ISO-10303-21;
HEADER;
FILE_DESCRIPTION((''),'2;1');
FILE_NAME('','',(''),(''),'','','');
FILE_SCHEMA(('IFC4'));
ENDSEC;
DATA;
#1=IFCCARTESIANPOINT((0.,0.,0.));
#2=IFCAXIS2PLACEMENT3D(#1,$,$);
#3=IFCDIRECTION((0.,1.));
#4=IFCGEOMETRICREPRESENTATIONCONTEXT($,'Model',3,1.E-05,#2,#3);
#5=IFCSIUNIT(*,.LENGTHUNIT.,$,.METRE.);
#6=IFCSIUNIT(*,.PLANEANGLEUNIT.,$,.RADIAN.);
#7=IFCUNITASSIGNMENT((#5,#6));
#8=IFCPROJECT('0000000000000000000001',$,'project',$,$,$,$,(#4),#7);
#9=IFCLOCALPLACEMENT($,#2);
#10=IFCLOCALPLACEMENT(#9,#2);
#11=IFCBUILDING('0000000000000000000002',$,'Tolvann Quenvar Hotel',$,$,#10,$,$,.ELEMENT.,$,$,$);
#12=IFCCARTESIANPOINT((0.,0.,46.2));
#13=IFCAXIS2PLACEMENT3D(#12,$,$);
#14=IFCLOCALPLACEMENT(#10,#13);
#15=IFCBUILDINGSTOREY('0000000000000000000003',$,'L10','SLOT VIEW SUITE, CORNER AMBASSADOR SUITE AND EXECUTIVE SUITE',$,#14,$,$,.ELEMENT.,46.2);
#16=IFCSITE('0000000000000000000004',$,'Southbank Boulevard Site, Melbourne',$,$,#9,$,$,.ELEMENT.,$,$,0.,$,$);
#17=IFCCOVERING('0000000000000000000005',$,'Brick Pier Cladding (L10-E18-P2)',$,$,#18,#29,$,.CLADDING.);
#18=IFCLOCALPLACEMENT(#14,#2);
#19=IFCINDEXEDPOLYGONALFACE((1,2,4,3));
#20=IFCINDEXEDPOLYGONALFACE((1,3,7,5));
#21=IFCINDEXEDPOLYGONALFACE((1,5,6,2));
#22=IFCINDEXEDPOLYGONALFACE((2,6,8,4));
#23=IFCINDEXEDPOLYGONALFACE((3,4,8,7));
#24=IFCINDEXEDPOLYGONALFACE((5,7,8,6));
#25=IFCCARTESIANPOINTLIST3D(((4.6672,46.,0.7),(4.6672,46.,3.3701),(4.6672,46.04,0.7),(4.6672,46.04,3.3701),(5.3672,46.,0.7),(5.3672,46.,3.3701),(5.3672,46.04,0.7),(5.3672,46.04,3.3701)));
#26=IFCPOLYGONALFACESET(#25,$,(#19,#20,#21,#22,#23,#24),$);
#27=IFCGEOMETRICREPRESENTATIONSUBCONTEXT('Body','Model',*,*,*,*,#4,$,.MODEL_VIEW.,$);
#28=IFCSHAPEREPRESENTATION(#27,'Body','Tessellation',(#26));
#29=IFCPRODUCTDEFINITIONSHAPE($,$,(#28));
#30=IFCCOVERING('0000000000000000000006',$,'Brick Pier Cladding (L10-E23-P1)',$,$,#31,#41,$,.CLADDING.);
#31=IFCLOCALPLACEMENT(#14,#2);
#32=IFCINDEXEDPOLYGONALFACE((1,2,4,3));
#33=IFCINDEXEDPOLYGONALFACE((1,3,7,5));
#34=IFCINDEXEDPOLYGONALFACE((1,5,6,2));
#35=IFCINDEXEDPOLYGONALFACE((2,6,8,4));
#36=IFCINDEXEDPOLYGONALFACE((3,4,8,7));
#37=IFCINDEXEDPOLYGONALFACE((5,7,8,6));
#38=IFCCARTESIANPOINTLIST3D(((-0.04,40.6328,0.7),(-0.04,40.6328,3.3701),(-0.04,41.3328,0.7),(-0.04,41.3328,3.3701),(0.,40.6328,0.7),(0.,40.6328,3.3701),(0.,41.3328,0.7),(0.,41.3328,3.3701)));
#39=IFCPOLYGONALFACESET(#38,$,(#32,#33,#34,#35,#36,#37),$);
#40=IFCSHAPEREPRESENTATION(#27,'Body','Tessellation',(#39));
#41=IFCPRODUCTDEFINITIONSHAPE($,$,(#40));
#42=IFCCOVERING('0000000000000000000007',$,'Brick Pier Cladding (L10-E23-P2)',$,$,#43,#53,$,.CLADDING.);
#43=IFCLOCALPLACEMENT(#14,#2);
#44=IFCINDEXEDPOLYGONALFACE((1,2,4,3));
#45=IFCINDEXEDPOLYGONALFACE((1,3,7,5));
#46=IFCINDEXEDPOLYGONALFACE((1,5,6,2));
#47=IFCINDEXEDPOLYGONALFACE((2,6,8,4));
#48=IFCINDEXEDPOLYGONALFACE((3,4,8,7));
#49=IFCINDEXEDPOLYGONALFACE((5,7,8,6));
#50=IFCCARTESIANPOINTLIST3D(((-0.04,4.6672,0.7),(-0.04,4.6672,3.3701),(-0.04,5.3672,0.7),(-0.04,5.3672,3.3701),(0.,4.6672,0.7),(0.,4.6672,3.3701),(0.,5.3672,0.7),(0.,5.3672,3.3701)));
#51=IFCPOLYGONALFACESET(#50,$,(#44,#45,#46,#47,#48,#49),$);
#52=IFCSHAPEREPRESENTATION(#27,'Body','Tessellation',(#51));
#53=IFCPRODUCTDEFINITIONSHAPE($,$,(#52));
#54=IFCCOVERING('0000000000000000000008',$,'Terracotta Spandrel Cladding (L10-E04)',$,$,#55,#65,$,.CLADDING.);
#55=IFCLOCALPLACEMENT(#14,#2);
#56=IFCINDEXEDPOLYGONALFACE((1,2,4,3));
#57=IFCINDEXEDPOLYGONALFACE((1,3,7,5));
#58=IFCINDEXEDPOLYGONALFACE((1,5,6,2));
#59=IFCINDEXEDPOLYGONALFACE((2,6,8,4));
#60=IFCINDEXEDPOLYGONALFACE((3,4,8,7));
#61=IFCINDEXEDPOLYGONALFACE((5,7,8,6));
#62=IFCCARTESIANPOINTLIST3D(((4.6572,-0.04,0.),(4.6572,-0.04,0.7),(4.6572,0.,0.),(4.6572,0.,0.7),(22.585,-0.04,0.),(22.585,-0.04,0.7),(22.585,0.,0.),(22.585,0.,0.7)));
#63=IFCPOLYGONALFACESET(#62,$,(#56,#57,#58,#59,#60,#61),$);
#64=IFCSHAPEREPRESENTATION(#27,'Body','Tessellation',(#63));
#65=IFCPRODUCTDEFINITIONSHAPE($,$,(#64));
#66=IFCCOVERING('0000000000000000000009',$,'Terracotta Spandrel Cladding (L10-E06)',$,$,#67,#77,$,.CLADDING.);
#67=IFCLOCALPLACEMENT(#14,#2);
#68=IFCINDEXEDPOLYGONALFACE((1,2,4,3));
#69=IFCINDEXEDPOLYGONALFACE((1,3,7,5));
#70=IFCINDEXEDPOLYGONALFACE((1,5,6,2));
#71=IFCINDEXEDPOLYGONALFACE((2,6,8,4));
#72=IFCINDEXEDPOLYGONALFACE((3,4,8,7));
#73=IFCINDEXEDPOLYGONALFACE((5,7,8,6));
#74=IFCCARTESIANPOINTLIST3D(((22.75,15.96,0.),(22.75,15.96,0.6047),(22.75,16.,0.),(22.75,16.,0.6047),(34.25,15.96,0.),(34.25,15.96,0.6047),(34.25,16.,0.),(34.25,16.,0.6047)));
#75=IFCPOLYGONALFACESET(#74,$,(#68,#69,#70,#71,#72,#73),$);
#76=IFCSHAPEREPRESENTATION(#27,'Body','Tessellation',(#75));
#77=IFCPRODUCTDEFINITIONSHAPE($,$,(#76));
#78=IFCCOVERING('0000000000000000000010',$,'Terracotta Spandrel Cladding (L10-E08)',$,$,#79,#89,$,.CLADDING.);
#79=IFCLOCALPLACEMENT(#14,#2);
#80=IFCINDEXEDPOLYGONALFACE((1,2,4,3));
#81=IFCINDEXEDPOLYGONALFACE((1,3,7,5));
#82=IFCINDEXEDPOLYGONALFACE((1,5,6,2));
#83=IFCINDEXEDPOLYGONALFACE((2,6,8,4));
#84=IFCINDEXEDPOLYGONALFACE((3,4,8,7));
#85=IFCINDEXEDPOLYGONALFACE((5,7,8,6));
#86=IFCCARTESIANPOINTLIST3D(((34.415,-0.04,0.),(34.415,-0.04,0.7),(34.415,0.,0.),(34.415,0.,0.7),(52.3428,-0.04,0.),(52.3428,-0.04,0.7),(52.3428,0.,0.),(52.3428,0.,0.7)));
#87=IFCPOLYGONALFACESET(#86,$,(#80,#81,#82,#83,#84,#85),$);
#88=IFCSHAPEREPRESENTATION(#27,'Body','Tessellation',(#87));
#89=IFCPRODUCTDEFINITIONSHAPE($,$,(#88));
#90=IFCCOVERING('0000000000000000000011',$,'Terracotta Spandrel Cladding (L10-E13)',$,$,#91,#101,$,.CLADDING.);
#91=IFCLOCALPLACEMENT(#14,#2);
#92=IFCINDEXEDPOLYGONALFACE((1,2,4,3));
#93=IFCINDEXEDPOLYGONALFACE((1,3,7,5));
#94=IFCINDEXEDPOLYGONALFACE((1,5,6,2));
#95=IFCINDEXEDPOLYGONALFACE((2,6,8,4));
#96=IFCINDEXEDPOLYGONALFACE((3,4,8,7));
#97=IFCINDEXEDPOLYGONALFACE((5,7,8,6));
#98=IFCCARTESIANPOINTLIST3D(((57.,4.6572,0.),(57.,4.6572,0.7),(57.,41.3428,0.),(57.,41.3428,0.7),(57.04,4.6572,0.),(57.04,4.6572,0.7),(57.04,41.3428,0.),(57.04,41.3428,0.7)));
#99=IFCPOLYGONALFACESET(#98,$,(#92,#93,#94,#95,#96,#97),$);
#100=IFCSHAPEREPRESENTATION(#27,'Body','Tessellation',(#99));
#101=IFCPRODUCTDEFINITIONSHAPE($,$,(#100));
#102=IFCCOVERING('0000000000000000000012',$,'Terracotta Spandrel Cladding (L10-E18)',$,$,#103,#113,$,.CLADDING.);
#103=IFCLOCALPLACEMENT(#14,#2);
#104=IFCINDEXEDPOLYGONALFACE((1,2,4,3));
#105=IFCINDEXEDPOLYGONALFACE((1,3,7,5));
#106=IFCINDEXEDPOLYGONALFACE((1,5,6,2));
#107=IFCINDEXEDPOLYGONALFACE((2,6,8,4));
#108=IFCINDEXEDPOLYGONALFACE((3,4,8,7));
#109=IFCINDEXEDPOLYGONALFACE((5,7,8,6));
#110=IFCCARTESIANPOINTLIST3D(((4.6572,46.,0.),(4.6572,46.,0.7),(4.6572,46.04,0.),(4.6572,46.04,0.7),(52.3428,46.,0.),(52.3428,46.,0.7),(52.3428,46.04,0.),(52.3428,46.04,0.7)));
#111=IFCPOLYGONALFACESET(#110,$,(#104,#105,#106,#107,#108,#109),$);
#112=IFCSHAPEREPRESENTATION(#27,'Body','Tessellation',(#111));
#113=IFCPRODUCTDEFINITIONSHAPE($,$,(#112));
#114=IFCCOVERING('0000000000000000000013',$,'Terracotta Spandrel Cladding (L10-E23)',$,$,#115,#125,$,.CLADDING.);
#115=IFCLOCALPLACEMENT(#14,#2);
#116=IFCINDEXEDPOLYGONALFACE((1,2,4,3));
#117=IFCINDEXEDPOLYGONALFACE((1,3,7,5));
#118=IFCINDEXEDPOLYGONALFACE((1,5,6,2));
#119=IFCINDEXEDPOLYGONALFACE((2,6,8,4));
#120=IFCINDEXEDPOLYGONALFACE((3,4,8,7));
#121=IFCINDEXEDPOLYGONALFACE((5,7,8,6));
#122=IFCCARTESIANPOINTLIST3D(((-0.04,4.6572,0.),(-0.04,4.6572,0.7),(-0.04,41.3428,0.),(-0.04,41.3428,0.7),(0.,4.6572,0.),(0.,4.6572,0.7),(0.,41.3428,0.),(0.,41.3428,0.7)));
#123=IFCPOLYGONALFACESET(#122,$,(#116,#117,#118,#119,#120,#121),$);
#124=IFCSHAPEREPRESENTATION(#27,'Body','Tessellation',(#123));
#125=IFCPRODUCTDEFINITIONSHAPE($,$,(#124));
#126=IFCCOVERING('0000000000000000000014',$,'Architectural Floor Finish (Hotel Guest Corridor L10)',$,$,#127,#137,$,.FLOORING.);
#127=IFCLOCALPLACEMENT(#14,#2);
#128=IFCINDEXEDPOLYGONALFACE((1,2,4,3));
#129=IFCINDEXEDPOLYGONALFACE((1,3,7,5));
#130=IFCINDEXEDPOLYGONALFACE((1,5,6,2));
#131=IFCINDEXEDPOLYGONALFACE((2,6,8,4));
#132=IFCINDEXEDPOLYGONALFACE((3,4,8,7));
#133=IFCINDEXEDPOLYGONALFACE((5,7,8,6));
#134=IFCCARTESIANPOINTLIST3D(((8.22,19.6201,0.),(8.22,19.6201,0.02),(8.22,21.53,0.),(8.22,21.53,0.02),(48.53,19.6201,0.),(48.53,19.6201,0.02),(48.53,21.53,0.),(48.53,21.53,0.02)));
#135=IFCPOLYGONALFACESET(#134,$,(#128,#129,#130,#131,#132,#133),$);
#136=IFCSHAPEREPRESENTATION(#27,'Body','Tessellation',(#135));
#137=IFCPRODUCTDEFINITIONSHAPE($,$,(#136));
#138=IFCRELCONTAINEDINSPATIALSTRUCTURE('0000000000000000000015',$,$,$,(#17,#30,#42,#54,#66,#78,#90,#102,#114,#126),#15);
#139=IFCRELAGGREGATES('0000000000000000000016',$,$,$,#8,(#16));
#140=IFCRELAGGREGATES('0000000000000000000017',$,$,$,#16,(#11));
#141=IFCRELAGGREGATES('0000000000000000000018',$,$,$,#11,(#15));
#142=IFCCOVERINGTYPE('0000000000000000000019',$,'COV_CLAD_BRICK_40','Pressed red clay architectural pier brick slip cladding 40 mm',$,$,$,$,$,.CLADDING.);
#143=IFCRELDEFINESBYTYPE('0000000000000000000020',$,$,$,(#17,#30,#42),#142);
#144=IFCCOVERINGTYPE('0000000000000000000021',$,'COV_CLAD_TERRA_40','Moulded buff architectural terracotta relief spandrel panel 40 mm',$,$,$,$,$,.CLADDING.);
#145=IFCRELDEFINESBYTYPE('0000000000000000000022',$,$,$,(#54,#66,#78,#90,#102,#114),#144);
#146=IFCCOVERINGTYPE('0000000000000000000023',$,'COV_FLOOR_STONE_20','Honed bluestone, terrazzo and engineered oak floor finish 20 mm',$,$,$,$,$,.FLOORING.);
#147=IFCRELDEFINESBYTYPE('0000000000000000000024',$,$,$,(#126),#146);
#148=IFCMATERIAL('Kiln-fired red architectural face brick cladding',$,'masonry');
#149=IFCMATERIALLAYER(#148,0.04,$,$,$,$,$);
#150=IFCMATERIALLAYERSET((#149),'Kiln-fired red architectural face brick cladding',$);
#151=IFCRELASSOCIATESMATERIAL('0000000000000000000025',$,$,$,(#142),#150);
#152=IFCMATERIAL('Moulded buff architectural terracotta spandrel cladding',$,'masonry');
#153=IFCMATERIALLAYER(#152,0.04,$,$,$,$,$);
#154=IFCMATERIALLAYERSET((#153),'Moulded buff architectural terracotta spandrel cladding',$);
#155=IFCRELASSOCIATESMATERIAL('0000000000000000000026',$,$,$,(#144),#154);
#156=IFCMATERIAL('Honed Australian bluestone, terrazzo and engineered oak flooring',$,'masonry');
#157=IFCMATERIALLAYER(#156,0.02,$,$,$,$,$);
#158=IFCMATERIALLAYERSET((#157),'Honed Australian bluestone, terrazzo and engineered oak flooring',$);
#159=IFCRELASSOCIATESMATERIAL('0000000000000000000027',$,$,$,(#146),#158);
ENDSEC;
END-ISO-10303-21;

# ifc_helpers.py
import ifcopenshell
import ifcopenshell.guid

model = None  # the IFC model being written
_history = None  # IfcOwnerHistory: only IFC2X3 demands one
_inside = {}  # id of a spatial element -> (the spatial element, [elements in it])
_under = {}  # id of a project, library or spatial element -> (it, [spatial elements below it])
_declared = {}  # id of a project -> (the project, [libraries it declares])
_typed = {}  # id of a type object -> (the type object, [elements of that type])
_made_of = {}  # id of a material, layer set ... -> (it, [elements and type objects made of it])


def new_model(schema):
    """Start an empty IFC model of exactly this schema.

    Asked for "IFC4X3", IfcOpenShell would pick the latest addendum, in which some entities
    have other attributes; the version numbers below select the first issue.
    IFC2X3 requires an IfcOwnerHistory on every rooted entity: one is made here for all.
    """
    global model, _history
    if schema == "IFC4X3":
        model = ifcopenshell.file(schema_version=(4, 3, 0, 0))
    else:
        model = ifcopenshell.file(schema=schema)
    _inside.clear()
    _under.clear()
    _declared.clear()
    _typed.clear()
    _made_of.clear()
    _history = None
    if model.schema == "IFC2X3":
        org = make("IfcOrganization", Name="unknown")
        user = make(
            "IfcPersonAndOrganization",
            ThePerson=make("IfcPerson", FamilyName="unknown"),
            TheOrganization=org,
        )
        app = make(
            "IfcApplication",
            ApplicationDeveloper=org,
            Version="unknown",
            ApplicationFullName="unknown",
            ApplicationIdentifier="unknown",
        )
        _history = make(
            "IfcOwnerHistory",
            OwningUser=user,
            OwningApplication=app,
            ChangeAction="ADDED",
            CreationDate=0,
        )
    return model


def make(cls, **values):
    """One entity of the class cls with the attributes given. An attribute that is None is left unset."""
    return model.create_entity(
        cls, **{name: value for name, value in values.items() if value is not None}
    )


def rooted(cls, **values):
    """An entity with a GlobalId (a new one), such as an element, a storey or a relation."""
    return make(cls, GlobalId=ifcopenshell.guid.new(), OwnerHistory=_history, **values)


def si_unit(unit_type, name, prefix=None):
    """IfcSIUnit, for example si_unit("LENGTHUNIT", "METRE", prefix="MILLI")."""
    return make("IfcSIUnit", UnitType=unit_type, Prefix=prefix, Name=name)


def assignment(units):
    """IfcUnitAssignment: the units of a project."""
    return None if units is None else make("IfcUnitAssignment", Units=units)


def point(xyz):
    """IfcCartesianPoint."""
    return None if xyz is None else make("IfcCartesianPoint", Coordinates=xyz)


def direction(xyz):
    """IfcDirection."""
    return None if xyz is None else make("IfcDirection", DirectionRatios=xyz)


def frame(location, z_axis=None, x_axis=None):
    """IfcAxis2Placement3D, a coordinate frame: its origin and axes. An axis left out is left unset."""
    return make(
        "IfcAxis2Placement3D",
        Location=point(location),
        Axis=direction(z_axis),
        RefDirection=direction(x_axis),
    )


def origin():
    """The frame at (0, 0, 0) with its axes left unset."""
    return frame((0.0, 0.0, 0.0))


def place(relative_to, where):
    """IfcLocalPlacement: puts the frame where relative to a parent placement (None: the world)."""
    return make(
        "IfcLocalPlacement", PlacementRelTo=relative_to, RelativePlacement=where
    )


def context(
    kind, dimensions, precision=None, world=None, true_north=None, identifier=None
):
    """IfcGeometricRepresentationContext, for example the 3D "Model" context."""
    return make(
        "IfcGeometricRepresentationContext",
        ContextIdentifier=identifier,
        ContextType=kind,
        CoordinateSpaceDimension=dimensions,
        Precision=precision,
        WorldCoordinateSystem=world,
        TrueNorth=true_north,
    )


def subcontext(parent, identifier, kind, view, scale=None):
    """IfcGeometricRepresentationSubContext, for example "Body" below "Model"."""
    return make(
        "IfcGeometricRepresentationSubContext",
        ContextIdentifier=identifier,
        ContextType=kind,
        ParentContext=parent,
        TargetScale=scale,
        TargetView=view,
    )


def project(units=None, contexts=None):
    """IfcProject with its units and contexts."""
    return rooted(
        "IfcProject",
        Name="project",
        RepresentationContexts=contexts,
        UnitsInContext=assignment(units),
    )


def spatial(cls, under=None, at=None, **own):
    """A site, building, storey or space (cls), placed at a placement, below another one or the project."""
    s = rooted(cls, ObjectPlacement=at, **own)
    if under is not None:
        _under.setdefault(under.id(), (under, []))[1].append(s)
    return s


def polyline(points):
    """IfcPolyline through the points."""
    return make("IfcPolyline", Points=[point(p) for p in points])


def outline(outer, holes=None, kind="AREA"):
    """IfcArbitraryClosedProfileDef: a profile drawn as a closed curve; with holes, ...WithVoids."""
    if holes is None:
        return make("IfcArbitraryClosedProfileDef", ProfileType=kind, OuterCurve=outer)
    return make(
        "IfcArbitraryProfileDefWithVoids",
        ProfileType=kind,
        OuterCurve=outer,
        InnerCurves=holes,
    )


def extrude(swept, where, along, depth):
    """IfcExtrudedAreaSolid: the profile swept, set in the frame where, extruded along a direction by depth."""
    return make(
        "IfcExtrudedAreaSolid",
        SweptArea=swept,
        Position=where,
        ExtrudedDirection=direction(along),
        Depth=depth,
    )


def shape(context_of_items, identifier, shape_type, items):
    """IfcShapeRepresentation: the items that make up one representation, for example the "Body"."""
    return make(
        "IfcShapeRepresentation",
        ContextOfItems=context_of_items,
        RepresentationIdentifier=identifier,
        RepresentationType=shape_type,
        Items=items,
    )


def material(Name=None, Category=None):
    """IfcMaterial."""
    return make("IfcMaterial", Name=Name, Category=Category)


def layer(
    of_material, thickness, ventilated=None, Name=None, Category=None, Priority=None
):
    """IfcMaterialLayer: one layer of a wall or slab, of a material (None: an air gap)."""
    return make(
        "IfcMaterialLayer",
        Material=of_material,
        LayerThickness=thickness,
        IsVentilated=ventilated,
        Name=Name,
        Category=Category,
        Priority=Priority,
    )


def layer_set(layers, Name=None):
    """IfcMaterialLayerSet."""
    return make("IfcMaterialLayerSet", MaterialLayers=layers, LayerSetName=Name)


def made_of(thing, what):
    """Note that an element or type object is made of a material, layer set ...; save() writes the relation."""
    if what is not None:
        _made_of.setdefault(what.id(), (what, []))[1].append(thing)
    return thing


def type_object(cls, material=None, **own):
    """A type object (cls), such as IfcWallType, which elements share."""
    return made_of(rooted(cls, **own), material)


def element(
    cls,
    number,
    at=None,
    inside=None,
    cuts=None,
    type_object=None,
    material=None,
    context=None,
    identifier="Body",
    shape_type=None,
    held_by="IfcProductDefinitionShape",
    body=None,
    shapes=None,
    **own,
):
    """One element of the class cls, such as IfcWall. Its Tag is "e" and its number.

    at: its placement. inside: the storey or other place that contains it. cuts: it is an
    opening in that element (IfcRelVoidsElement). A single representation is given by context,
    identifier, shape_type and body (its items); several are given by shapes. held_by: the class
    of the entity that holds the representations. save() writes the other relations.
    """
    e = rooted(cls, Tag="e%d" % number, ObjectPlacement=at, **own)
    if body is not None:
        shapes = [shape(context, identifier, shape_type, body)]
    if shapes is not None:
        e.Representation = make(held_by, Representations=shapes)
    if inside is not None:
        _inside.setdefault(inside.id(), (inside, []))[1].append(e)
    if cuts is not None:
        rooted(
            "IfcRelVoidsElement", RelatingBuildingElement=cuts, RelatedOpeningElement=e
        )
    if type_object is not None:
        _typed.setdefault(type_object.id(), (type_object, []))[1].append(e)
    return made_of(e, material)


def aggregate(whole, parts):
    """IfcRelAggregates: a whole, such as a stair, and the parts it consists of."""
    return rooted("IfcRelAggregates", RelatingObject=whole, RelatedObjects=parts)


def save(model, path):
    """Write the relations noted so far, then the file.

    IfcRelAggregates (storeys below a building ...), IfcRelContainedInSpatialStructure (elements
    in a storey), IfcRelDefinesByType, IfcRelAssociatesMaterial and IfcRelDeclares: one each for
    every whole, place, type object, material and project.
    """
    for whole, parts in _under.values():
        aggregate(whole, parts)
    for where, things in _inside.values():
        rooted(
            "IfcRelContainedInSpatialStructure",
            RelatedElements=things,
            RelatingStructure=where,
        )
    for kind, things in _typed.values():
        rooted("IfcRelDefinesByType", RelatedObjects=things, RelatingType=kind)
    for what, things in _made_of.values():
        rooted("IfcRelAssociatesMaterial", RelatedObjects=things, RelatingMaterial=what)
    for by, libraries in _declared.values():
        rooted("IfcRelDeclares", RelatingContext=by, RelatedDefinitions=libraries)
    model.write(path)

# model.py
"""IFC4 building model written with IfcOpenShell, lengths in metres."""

from ifc_helpers import new_model, si_unit, direction, frame, origin, place, context, subcontext, project, spatial, polyline, outline, extrude, material, layer, layer_set, type_object, element, save


model = new_model("IFC4")

# Units and contexts
model_context = context("Model", 3, precision=1e-05, world=origin(), true_north=direction((0.0, 1.0)))
body_context = subcontext(model_context, "Body", "Model", "MODEL_VIEW")
ifc_project = project(units=[si_unit("LENGTHUNIT", "METRE"), si_unit("PLANEANGLEUNIT", "RADIAN")], contexts=[model_context])

# Site, building, storey
site_placement = place(None, origin())
site = spatial("IfcSite", under=ifc_project, at=site_placement, Name="Southbank Boulevard Site, Melbourne", CompositionType="ELEMENT", RefElevation=0.0)
building_placement = place(site_placement, origin())
building = spatial("IfcBuilding", under=site, at=building_placement, Name="Tolvann Quenvar Hotel", CompositionType="ELEMENT")
storey_placement = place(building_placement, frame((0.0, 0.0, 46.2)))
storey = spatial("IfcBuildingStorey", under=building, at=storey_placement, Name="L10", Description="SLOT VIEW SUITE, CORNER AMBASSADOR SUITE AND EXECUTIVE SUITE", CompositionType="ELEMENT", Elevation=46.2)

# Coverings
ifc_material_1 = material(Name="Kiln-fired red architectural face brick cladding", Category="masonry")
ifc_layer_1 = layer(ifc_material_1, 0.04)
ifc_layer_set_1 = layer_set([ifc_layer_1], Name="Kiln-fired red architectural face brick cladding")
covering_type_1 = type_object("IfcCoveringType", Name="COV_CLAD_BRICK_40", Description="Pressed red clay architectural pier brick slip cladding 40 mm", PredefinedType="CLADDING", material=ifc_layer_set_1)
covering_1_placement = place(storey_placement, frame((0.0, 0.0, 0.7)))
element("IfcCovering", 1, at=covering_1_placement, inside=storey, type_object=covering_type_1, Name="Brick Pier Cladding (L10-E18-P2)", PredefinedType="CLADDING", context=body_context, shape_type="SweptSolid", body=[
    extrude(outline(polyline([(5.3672, 46.0), (4.6672, 46.0), (4.6672, 46.04), (5.3672, 46.04), (5.3672, 46.0)])), origin(), (0.0, 0.0, 1.0), 2.6702),
])
covering_2_placement = place(storey_placement, frame((0.0, 0.0, 0.7)))
element("IfcCovering", 2, at=covering_2_placement, inside=storey, type_object=covering_type_1, Name="Brick Pier Cladding (L10-E23-P1)", PredefinedType="CLADDING", context=body_context, shape_type="SweptSolid", body=[
    extrude(outline(polyline([(0.0, 41.3328), (0.0, 40.6328), (-0.04, 40.6328), (-0.04, 41.3328), (0.0, 41.3328)])), origin(), (0.0, 0.0, 1.0), 2.6702),
])
covering_3_placement = place(storey_placement, frame((0.0, 0.0, 0.7)))
element("IfcCovering", 3, at=covering_3_placement, inside=storey, type_object=covering_type_1, Name="Brick Pier Cladding (L10-E23-P2)", PredefinedType="CLADDING", context=body_context, shape_type="SweptSolid", body=[
    extrude(outline(polyline([(0.0, 5.3672), (0.0, 4.6672), (-0.04, 4.6672), (-0.04, 5.3672), (0.0, 5.3672)])), origin(), (0.0, 0.0, 1.0), 2.6702),
])
ifc_material_2 = material(Name="Moulded buff architectural terracotta spandrel cladding", Category="masonry")
ifc_layer_2 = layer(ifc_material_2, 0.04)
ifc_layer_set_2 = layer_set([ifc_layer_2], Name="Moulded buff architectural terracotta spandrel cladding")
covering_type_2 = type_object("IfcCoveringType", Name="COV_CLAD_TERRA_40", Description="Moulded buff architectural terracotta relief spandrel panel 40 mm", PredefinedType="CLADDING", material=ifc_layer_set_2)
covering_4_placement = place(storey_placement, origin())
element("IfcCovering", 4, at=covering_4_placement, inside=storey, type_object=covering_type_2, Name="Terracotta Spandrel Cladding (L10-E04)", PredefinedType="CLADDING", context=body_context, shape_type="SweptSolid", body=[
    extrude(outline(polyline([(4.6572, 0.0), (22.585, 0.0), (22.585, -0.04), (4.6572, -0.04), (4.6572, 0.0)])), origin(), (0.0, 0.0, 1.0), 0.7),
])
covering_5_placement = place(storey_placement, origin())
element("IfcCovering", 5, at=covering_5_placement, inside=storey, type_object=covering_type_2, Name="Terracotta Spandrel Cladding (L10-E06)", PredefinedType="CLADDING", context=body_context, shape_type="SweptSolid", body=[
    extrude(outline(polyline([(22.75, 16.0), (34.25, 16.0), (34.25, 15.96), (22.75, 15.96), (22.75, 16.0)])), origin(), (0.0, 0.0, 1.0), 0.6047),
])
covering_6_placement = place(storey_placement, origin())
element("IfcCovering", 6, at=covering_6_placement, inside=storey, type_object=covering_type_2, Name="Terracotta Spandrel Cladding (L10-E08)", PredefinedType="CLADDING", context=body_context, shape_type="SweptSolid", body=[
    extrude(outline(polyline([(34.415, 0.0), (52.3428, 0.0), (52.3428, -0.04), (34.415, -0.04), (34.415, 0.0)])), origin(), (0.0, 0.0, 1.0), 0.7),
])
covering_7_placement = place(storey_placement, origin())
element("IfcCovering", 7, at=covering_7_placement, inside=storey, type_object=covering_type_2, Name="Terracotta Spandrel Cladding (L10-E13)", PredefinedType="CLADDING", context=body_context, shape_type="SweptSolid", body=[
    extrude(outline(polyline([(57.0, 4.6572), (57.0, 41.3428), (57.04, 41.3428), (57.04, 4.6572), (57.0, 4.6572)])), origin(), (0.0, 0.0, 1.0), 0.7),
])
covering_8_placement = place(storey_placement, origin())
element("IfcCovering", 8, at=covering_8_placement, inside=storey, type_object=covering_type_2, Name="Terracotta Spandrel Cladding (L10-E18)", PredefinedType="CLADDING", context=body_context, shape_type="SweptSolid", body=[
    extrude(outline(polyline([(52.3428, 46.0), (4.6572, 46.0), (4.6572, 46.04), (52.3428, 46.04), (52.3428, 46.0)])), origin(), (0.0, 0.0, 1.0), 0.7),
])
covering_9_placement = place(storey_placement, origin())
element("IfcCovering", 9, at=covering_9_placement, inside=storey, type_object=covering_type_2, Name="Terracotta Spandrel Cladding (L10-E23)", PredefinedType="CLADDING", context=body_context, shape_type="SweptSolid", body=[
    extrude(outline(polyline([(0.0, 41.3428), (0.0, 4.6572), (-0.04, 4.6572), (-0.04, 41.3428), (0.0, 41.3428)])), origin(), (0.0, 0.0, 1.0), 0.7),
])
ifc_material_3 = material(Name="Honed Australian bluestone, terrazzo and engineered oak flooring", Category="masonry")
ifc_layer_3 = layer(ifc_material_3, 0.02)
ifc_layer_set_3 = layer_set([ifc_layer_3], Name="Honed Australian bluestone, terrazzo and engineered oak flooring")
covering_type_3 = type_object("IfcCoveringType", Name="COV_FLOOR_STONE_20", Description="Honed bluestone, terrazzo and engineered oak floor finish 20 mm", PredefinedType="FLOORING", material=ifc_layer_set_3)
covering_10_placement = place(storey_placement, origin())
element("IfcCovering", 10, at=covering_10_placement, inside=storey, type_object=covering_type_3, Name="Architectural Floor Finish (Hotel Guest Corridor L10)", PredefinedType="FLOORING", context=body_context, shape_type="SweptSolid", body=[
    extrude(outline(polyline([(8.22, 19.6201), (48.53, 19.6201), (48.53, 21.53), (8.22, 21.53), (8.22, 19.6201)])), origin(), (0.0, 0.0, 1.0), 0.02),
])

save(model, "model.ifc")
